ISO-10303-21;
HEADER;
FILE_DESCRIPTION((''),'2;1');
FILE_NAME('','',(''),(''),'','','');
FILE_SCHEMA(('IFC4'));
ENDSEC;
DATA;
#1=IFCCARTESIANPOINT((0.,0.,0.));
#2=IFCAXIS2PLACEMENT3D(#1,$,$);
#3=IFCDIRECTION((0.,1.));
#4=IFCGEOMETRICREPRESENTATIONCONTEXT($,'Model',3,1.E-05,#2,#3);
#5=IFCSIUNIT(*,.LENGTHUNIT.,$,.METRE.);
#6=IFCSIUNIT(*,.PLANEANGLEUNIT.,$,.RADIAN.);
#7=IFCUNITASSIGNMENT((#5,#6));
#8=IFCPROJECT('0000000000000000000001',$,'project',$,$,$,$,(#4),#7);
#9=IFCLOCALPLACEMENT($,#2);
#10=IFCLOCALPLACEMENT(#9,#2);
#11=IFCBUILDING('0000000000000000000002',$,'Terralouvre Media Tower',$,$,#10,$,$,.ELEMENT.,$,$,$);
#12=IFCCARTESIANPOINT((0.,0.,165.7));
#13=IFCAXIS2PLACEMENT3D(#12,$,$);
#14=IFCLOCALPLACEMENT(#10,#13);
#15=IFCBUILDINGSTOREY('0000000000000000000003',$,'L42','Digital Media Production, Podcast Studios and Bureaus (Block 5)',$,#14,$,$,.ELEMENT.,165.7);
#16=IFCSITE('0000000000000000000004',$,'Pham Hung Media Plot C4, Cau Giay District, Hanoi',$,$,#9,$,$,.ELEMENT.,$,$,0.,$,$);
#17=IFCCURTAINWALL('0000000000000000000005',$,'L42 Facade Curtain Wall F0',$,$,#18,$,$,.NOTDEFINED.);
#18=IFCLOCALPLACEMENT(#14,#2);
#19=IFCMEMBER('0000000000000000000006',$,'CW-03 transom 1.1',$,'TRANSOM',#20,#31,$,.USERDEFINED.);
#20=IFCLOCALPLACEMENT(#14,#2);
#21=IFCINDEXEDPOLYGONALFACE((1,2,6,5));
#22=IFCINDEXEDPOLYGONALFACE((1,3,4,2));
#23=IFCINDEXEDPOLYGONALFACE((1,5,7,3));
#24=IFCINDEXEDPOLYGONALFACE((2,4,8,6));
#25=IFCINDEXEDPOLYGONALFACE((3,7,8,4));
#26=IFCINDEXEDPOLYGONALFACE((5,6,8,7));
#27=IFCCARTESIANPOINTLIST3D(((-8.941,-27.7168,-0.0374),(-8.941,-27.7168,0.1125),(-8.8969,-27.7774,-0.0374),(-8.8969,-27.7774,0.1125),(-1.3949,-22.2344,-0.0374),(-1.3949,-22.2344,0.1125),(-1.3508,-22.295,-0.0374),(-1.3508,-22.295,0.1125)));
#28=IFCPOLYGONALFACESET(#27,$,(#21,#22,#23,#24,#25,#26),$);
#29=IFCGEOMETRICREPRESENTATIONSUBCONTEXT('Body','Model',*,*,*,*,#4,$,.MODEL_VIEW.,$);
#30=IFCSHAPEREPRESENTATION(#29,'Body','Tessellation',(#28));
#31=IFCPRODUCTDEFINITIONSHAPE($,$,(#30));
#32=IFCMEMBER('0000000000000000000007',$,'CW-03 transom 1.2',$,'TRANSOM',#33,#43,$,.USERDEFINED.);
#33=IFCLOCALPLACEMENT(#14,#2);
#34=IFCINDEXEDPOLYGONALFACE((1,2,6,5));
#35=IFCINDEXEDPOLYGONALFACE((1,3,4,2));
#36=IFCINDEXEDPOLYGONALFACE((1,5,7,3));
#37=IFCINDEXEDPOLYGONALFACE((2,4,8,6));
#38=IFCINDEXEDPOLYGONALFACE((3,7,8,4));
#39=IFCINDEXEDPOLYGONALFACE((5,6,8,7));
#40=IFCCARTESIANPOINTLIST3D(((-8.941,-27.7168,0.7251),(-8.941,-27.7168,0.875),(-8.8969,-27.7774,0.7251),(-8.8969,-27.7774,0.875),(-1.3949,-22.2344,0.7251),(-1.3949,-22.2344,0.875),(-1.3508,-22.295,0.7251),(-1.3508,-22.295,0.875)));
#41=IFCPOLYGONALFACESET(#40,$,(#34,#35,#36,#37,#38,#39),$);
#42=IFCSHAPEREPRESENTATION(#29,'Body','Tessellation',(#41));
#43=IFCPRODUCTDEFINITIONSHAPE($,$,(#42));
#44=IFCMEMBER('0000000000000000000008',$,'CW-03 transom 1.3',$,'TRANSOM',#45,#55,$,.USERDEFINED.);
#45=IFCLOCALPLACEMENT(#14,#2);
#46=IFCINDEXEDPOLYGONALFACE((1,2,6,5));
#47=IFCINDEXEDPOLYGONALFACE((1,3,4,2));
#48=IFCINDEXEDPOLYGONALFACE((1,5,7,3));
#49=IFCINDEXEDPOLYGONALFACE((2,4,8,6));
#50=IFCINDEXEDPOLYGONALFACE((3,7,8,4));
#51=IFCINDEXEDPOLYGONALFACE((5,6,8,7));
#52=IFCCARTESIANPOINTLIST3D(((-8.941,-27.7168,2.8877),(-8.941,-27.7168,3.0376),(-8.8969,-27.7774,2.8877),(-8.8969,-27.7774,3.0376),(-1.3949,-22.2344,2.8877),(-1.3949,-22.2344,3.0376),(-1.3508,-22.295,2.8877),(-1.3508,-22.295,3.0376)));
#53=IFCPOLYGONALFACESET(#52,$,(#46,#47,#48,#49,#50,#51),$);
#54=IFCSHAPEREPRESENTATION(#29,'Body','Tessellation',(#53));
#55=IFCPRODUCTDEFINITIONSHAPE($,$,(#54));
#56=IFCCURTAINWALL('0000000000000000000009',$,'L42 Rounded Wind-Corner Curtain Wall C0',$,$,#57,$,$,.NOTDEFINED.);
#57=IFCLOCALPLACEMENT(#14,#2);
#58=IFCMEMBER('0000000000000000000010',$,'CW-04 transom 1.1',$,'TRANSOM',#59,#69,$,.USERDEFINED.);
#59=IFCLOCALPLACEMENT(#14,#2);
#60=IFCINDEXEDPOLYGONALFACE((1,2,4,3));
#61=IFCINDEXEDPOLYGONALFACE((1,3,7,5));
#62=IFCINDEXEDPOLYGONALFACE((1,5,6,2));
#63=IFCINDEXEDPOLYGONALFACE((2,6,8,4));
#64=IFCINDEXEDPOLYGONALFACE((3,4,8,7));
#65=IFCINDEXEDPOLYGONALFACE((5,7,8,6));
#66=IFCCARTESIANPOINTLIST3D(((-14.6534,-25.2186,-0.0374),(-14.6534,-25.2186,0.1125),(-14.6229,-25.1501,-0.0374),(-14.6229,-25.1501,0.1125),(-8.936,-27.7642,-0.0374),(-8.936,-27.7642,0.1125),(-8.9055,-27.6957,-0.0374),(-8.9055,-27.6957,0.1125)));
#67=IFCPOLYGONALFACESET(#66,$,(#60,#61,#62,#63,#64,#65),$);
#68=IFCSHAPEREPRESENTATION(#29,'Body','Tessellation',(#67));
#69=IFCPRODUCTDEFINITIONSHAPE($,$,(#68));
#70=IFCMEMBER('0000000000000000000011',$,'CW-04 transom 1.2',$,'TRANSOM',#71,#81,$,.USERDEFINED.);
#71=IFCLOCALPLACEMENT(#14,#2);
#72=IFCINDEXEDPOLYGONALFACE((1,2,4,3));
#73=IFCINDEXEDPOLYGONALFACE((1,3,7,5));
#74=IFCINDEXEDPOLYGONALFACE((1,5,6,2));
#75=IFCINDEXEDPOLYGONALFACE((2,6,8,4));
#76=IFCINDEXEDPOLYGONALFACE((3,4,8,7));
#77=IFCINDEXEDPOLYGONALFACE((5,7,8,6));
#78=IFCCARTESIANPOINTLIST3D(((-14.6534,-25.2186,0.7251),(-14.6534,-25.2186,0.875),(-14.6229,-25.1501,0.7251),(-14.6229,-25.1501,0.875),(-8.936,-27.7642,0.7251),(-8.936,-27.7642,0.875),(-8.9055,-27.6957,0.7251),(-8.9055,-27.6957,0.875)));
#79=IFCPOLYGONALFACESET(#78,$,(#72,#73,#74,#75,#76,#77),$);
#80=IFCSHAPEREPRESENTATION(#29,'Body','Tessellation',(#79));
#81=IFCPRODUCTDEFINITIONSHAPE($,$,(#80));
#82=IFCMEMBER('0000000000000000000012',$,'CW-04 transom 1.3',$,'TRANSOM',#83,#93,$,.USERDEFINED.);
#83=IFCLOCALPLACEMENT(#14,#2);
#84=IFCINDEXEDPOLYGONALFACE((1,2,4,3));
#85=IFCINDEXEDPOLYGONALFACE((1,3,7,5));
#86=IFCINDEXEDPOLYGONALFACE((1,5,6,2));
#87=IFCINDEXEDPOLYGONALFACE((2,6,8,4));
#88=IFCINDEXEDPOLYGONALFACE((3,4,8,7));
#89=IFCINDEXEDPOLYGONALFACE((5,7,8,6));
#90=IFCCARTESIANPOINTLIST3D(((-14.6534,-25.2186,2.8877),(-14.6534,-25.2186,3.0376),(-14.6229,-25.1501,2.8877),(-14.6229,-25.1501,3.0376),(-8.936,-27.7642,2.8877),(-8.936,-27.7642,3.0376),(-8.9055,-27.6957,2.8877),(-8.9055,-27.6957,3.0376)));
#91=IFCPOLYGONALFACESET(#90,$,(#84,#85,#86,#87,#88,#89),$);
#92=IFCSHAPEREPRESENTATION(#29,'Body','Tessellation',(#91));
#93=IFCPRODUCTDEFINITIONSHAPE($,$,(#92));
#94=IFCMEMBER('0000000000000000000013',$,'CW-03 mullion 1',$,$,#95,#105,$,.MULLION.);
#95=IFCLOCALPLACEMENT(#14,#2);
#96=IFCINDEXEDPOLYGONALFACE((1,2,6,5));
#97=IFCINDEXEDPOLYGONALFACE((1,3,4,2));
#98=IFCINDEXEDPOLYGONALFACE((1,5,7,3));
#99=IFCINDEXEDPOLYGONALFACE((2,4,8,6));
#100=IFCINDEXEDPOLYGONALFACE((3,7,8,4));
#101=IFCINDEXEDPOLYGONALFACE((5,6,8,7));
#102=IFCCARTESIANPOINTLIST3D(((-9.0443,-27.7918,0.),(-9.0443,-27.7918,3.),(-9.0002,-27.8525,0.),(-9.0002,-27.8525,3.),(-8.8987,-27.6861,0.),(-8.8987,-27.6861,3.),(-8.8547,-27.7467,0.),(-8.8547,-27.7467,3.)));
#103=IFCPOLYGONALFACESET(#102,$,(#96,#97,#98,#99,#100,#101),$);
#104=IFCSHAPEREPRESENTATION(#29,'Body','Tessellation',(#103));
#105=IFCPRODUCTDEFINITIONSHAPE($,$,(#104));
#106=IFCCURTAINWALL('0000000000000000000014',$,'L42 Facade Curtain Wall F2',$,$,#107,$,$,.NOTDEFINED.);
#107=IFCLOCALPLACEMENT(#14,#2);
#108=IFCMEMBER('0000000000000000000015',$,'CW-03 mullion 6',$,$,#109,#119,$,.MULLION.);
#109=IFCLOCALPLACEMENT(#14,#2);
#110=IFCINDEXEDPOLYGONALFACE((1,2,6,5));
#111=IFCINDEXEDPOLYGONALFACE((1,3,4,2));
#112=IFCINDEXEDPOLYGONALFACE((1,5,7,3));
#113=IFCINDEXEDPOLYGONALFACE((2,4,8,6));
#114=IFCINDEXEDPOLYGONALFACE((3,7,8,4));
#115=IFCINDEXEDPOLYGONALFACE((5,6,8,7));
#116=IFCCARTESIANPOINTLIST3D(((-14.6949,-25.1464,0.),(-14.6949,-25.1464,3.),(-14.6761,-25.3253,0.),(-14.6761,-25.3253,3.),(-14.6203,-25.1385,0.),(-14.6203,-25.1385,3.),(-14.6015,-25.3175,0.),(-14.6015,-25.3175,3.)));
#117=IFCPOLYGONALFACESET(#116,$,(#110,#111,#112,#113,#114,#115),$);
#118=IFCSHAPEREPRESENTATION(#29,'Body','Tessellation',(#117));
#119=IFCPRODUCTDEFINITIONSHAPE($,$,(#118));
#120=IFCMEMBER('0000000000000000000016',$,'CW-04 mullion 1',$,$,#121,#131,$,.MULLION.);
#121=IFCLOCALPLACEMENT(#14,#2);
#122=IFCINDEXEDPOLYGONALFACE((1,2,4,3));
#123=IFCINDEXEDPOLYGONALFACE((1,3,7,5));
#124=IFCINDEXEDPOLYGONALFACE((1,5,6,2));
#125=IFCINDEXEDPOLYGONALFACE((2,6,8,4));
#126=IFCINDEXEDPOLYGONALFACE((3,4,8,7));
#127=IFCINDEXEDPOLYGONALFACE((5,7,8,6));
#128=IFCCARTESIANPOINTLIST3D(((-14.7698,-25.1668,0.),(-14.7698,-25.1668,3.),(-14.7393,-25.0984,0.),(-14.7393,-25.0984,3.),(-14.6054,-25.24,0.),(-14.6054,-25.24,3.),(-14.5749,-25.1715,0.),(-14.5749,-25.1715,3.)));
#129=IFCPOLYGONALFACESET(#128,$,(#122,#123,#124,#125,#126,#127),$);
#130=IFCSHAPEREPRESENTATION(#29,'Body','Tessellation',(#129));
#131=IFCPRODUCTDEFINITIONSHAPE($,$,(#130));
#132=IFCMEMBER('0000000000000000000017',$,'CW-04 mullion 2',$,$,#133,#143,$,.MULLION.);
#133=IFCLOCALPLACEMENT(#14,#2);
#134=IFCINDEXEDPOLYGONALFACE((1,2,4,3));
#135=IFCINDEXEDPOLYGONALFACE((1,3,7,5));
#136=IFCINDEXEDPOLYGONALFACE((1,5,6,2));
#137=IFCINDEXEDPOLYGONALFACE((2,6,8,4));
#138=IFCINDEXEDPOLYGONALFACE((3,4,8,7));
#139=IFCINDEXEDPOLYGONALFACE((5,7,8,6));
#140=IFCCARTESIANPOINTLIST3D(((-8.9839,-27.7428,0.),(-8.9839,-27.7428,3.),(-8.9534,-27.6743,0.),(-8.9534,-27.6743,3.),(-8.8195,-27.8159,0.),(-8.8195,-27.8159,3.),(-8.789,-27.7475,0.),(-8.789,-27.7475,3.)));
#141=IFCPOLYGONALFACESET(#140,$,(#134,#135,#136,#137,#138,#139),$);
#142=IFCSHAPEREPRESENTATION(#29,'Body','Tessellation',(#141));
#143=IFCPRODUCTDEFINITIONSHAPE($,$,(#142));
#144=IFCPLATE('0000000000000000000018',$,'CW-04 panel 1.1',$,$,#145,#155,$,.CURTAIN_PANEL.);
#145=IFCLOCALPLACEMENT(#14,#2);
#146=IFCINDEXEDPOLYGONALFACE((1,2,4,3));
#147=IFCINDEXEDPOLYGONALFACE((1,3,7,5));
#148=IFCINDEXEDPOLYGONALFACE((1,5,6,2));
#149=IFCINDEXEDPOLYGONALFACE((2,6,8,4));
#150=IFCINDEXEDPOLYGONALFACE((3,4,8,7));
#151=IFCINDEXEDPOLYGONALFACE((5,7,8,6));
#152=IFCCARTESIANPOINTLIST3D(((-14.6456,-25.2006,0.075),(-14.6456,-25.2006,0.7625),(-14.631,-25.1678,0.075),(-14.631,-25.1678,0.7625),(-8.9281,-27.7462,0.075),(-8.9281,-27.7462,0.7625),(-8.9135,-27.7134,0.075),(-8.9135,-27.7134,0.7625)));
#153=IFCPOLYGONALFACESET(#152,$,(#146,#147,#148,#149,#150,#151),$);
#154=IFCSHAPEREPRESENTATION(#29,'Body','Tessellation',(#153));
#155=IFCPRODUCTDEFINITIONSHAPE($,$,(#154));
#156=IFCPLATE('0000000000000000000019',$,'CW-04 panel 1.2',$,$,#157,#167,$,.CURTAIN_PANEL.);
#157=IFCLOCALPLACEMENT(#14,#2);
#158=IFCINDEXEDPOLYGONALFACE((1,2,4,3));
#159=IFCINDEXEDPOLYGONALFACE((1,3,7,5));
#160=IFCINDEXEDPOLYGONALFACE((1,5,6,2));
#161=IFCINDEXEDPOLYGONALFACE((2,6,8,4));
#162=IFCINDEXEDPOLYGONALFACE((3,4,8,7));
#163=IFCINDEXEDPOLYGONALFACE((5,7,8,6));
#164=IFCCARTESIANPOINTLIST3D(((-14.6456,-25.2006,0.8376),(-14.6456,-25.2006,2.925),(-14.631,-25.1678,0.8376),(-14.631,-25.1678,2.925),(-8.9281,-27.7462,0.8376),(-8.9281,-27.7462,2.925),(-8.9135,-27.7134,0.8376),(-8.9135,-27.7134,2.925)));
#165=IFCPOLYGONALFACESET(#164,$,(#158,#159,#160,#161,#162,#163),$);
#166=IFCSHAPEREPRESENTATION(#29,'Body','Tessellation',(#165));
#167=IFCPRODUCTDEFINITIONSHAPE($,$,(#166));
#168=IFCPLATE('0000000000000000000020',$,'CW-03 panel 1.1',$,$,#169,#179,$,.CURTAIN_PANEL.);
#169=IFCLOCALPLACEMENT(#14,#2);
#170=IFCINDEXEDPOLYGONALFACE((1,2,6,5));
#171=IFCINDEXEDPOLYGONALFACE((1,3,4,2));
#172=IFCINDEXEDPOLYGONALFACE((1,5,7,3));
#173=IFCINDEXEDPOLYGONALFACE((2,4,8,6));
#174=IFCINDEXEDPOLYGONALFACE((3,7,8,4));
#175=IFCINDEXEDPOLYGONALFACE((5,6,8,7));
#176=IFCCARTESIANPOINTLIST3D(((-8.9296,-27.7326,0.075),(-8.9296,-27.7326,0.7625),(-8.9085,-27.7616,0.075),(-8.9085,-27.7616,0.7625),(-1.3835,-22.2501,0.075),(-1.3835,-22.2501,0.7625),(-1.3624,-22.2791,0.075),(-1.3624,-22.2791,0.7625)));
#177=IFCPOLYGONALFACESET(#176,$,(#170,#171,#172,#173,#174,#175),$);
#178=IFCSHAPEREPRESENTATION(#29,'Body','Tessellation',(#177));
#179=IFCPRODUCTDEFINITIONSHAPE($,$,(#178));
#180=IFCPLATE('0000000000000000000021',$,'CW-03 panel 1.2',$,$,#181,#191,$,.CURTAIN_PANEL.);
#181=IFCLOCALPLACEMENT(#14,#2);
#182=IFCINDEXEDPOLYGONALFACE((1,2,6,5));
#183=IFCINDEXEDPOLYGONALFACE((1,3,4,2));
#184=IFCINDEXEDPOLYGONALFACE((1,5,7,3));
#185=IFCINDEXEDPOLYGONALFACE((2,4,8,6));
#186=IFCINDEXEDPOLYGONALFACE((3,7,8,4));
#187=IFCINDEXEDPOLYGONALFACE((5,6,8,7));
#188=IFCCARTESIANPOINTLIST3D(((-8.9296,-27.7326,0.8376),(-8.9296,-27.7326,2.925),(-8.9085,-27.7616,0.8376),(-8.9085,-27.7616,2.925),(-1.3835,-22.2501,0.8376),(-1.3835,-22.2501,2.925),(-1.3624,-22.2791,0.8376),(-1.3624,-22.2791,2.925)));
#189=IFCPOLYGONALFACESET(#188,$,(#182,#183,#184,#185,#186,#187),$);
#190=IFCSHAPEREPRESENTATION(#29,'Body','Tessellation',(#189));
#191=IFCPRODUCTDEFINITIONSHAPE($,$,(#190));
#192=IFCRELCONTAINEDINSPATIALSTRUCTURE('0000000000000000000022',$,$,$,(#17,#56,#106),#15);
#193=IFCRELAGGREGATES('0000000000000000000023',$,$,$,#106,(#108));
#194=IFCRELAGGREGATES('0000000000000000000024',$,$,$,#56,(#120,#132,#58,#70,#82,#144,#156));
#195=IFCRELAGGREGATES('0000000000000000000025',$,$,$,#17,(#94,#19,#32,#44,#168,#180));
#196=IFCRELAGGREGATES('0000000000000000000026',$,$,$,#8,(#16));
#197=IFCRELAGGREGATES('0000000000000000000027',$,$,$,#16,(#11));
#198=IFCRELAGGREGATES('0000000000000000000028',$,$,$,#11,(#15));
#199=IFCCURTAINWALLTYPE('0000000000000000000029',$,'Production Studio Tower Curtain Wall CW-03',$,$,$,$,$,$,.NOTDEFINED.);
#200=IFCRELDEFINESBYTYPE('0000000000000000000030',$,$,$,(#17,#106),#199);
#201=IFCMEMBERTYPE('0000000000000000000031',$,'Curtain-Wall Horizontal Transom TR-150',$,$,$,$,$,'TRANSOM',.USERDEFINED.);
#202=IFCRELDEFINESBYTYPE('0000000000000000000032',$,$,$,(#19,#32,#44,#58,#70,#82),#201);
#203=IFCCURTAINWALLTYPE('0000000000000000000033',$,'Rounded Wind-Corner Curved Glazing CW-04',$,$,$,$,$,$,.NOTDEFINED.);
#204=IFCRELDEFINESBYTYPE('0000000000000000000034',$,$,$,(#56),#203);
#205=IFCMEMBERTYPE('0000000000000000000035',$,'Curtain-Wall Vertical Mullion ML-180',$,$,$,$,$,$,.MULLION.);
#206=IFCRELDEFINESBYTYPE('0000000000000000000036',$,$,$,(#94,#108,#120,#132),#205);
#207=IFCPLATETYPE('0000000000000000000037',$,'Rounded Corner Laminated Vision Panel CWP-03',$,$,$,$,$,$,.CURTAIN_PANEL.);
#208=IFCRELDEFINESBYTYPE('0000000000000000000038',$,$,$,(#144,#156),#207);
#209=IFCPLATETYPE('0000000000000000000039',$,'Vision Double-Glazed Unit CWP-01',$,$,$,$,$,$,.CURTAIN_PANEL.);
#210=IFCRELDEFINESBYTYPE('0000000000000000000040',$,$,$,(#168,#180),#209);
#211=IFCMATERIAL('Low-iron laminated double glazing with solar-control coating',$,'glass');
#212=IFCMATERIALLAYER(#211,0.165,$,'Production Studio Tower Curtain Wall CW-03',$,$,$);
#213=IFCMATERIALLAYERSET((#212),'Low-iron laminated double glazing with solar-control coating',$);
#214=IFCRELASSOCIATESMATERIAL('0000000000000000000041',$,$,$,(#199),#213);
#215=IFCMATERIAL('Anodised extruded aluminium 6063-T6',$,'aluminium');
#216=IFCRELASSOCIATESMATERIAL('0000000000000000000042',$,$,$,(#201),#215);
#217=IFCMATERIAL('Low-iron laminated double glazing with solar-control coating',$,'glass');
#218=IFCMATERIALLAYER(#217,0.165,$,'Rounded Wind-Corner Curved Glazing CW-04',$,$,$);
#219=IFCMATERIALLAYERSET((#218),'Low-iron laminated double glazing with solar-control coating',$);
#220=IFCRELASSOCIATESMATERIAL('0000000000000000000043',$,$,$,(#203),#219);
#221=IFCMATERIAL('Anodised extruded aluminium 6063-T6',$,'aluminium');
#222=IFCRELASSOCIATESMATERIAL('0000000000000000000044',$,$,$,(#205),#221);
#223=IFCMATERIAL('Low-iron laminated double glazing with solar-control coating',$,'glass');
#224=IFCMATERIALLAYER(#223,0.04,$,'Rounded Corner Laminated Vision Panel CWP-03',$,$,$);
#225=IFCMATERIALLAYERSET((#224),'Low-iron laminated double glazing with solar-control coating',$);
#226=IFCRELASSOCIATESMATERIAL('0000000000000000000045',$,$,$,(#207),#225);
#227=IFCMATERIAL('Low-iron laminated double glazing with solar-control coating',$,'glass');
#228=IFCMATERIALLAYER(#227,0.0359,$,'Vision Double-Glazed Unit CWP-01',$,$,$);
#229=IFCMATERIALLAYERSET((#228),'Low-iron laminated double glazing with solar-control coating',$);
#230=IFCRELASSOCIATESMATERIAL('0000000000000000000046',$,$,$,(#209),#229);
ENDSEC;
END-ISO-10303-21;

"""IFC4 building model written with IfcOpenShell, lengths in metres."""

from ifc_helpers import new_model, si_unit, direction, frame, origin, origin_2d, place, context, subcontext, project, spatial, rectangle, extrude, material, layer, layer_set, material_profile, profile_set, type_object, element, aggregate, save


model = new_model("IFC4")

# Units and contexts
model_context = context("Model", 3, precision=1e-05, world=origin(), true_north=direction((0.0, 1.0)))
body_context = subcontext(model_context, "Body", "Model", "MODEL_VIEW")
ifc_project = project(units=[si_unit("LENGTHUNIT", "METRE"), si_unit("PLANEANGLEUNIT", "RADIAN")], contexts=[model_context])

# Site, building, storey
site_placement = place(None, origin())
site = spatial("IfcSite", under=ifc_project, at=site_placement, Name="Pham Hung Media Plot C4, Cau Giay District, Hanoi", CompositionType="ELEMENT", RefElevation=0.0)
building_placement = place(site_placement, origin())
building = spatial("IfcBuilding", under=site, at=building_placement, Name="Terralouvre Media Tower", CompositionType="ELEMENT")
storey_placement = place(building_placement, frame((0.0, 0.0, 165.7)))
storey = spatial("IfcBuildingStorey", under=building, at=storey_placement, Name="L42", Description="Digital Media Production, Podcast Studios and Bureaus (Block 5)", CompositionType="ELEMENT", Elevation=165.7)

# Curtain walls, members
ifc_material_1 = material(Name="Low-iron laminated double glazing with solar-control coating", Category="glass")
ifc_layer_1 = layer(ifc_material_1, 0.165, Name="Production Studio Tower Curtain Wall CW-03")
ifc_layer_set_1 = layer_set([ifc_layer_1], Name="Low-iron laminated double glazing with solar-control coating")
curtain_wall_type_1 = type_object("IfcCurtainWallType", Name="Production Studio Tower Curtain Wall CW-03", PredefinedType="NOTDEFINED", material=ifc_layer_set_1)
curtain_wall_1_placement = place(storey_placement, origin())
curtain_wall_1 = element("IfcCurtainWall", 1, at=curtain_wall_1_placement, inside=storey, type_object=curtain_wall_type_1, Name="L42 Facade Curtain Wall F0", PredefinedType="NOTDEFINED")
ifc_material_2 = material(Name="Anodised extruded aluminium 6063-T6", Category="aluminium")
ifc_material_profile_1 = material_profile(ifc_material_2, rectangle(XDim=0.075, YDim=0.1499, at=origin_2d()), Name="ALU 75x150")
ifc_profile_set_1 = profile_set([ifc_material_profile_1], Name="Anodised extruded aluminium 6063-T6")
member_type_1 = type_object("IfcMemberType", Name="Curtain-Wall Horizontal Transom TR-150", ElementType="TRANSOM", PredefinedType="USERDEFINED", material=ifc_profile_set_1)
member_1_placement = place(storey_placement, frame((-8.9189, -27.7471, 0.0376), z_axis=(0.809026, 0.587773, 0.0), x_axis=(-0.587773, 0.809026, 0.0)))
member_1 = element("IfcMember", 2, at=member_1_placement, type_object=member_type_1, Name="CW-03 transom 1.1", ObjectType="TRANSOM", PredefinedType="USERDEFINED", context=body_context, shape_type="SweptSolid", body=[
    extrude(rectangle(XDim=0.075, YDim=0.1499, at=origin_2d()), origin(), (0.0, 0.0, 1.0), 9.3274),
])
member_2_placement = place(storey_placement, frame((-8.9189, -27.7471, 0.8), z_axis=(0.809026, 0.587773, 0.0), x_axis=(-0.587773, 0.809026, 0.0)))
member_2 = element("IfcMember", 3, at=member_2_placement, type_object=member_type_1, Name="CW-03 transom 1.2", ObjectType="TRANSOM", PredefinedType="USERDEFINED", context=body_context, shape_type="SweptSolid", body=[
    extrude(rectangle(XDim=0.075, YDim=0.1499, at=origin_2d()), origin(), (0.0, 0.0, 1.0), 9.3274),
])
member_3_placement = place(storey_placement, frame((-8.9189, -27.7471, 2.9626), z_axis=(0.809026, 0.587773, 0.0), x_axis=(-0.587773, 0.809026, 0.0)))
member_3 = element("IfcMember", 4, at=member_3_placement, type_object=member_type_1, Name="CW-03 transom 1.3", ObjectType="TRANSOM", PredefinedType="USERDEFINED", context=body_context, shape_type="SweptSolid", body=[
    extrude(rectangle(XDim=0.075, YDim=0.1499, at=origin_2d()), origin(), (0.0, 0.0, 1.0), 9.3274),
])
ifc_material_3 = material(Name="Low-iron laminated double glazing with solar-control coating", Category="glass")
ifc_layer_2 = layer(ifc_material_3, 0.165, Name="Rounded Wind-Corner Curved Glazing CW-04")
ifc_layer_set_2 = layer_set([ifc_layer_2], Name="Low-iron laminated double glazing with solar-control coating")
curtain_wall_type_2 = type_object("IfcCurtainWallType", Name="Rounded Wind-Corner Curved Glazing CW-04", PredefinedType="NOTDEFINED", material=ifc_layer_set_2)
curtain_wall_2_placement = place(storey_placement, origin())
curtain_wall_2 = element("IfcCurtainWall", 5, at=curtain_wall_2_placement, inside=storey, type_object=curtain_wall_type_2, Name="L42 Rounded Wind-Corner Curtain Wall C0", PredefinedType="NOTDEFINED")
member_4_placement = place(storey_placement, frame((-14.6382, -25.1843, 0.0376), z_axis=(0.913543, -0.406743, 0.0), x_axis=(0.406743, 0.913543, 0.0)))
member_4 = element("IfcMember", 6, at=member_4_placement, type_object=member_type_1, Name="CW-04 transom 1.1", ObjectType="TRANSOM", PredefinedType="USERDEFINED", context=body_context, shape_type="SweptSolid", body=[
    extrude(rectangle(XDim=0.075, YDim=0.1499, at=origin_2d()), origin(), (0.0, 0.0, 1.0), 6.2585),
])
member_5_placement = place(storey_placement, frame((-14.6382, -25.1843, 0.8), z_axis=(0.913543, -0.406743, 0.0), x_axis=(0.406743, 0.913543, 0.0)))
member_5 = element("IfcMember", 7, at=member_5_placement, type_object=member_type_1, Name="CW-04 transom 1.2", ObjectType="TRANSOM", PredefinedType="USERDEFINED", context=body_context, shape_type="SweptSolid", body=[
    extrude(rectangle(XDim=0.075, YDim=0.1499, at=origin_2d()), origin(), (0.0, 0.0, 1.0), 6.2585),
])
member_6_placement = place(storey_placement, frame((-14.6382, -25.1843, 2.9626), z_axis=(0.913543, -0.406743, 0.0), x_axis=(0.406743, 0.913543, 0.0)))
member_6 = element("IfcMember", 8, at=member_6_placement, type_object=member_type_1, Name="CW-04 transom 1.3", ObjectType="TRANSOM", PredefinedType="USERDEFINED", context=body_context, shape_type="SweptSolid", body=[
    extrude(rectangle(XDim=0.075, YDim=0.1499, at=origin_2d()), origin(), (0.0, 0.0, 1.0), 6.2585),
])

# Member
ifc_material_4 = material(Name="Anodised extruded aluminium 6063-T6", Category="aluminium")
ifc_material_profile_2 = material_profile(ifc_material_4, rectangle(XDim=0.075, YDim=0.1799, at=origin_2d()), Name="ALU 75x180")
ifc_profile_set_2 = profile_set([ifc_material_profile_2], Name="Anodised extruded aluminium 6063-T6")
member_type_2 = type_object("IfcMemberType", Name="Curtain-Wall Vertical Mullion ML-180", PredefinedType="MULLION", material=ifc_profile_set_2)
member_7_placement = place(storey_placement, frame((-8.9495, -27.7693, 0.0), z_axis=(0.0, 0.0, 1.0), x_axis=(-0.587785, 0.809017, 0.0)))
member_7 = element("IfcMember", 9, at=member_7_placement, type_object=member_type_2, Name="CW-03 mullion 1", PredefinedType="MULLION", context=body_context, shape_type="SweptSolid", body=[
    extrude(rectangle(XDim=0.075, YDim=0.1799, at=origin_2d()), origin(), (0.0, 0.0, 1.0), 3.0),
])

# Curtain wall, member
curtain_wall_3_placement = place(storey_placement, origin())
curtain_wall_3 = element("IfcCurtainWall", 10, at=curtain_wall_3_placement, inside=storey, type_object=curtain_wall_type_1, Name="L42 Facade Curtain Wall F2", PredefinedType="NOTDEFINED")
member_8_placement = place(storey_placement, frame((-14.6482, -25.2319, 0.0), z_axis=(0.0, 0.0, 1.0), x_axis=(0.994522, 0.104528, 0.0)))
member_8 = element("IfcMember", 11, at=member_8_placement, type_object=member_type_2, Name="CW-03 mullion 6", PredefinedType="MULLION", context=body_context, shape_type="SweptSolid", body=[
    extrude(rectangle(XDim=0.075, YDim=0.1799, at=origin_2d()), origin(), (0.0, 0.0, 1.0), 3.0),
])
aggregate(curtain_wall_3, [member_8])

# Members
member_9_placement = place(storey_placement, frame((-14.6724, -25.1692, 0.0), z_axis=(0.0, 0.0, 1.0), x_axis=(0.406737, 0.913545, 0.0)))
member_9 = element("IfcMember", 12, at=member_9_placement, type_object=member_type_2, Name="CW-04 mullion 1", PredefinedType="MULLION", context=body_context, shape_type="SweptSolid", body=[
    extrude(rectangle(XDim=0.075, YDim=0.1799, at=origin_2d()), origin(), (0.0, 0.0, 1.0), 3.0),
])
member_10_placement = place(storey_placement, frame((-8.8865, -27.7451, 0.0), z_axis=(0.0, 0.0, 1.0), x_axis=(0.406737, 0.913545, 0.0)))
member_10 = element("IfcMember", 13, at=member_10_placement, type_object=member_type_2, Name="CW-04 mullion 2", PredefinedType="MULLION", context=body_context, shape_type="SweptSolid", body=[
    extrude(rectangle(XDim=0.075, YDim=0.1799, at=origin_2d()), origin(), (0.0, 0.0, 1.0), 3.0),
])

# Plates
ifc_material_5 = material(Name="Low-iron laminated double glazing with solar-control coating", Category="glass")
ifc_layer_3 = layer(ifc_material_5, 0.04, Name="Rounded Corner Laminated Vision Panel CWP-03")
ifc_layer_set_3 = layer_set([ifc_layer_3], Name="Low-iron laminated double glazing with solar-control coating")
plate_type_1 = type_object("IfcPlateType", Name="Rounded Corner Laminated Vision Panel CWP-03", PredefinedType="CURTAIN_PANEL", material=ifc_layer_set_3)
plate_1_placement = place(storey_placement, frame((-11.7795, -26.457, 0.075), z_axis=(0.0, 0.0, 1.0), x_axis=(0.913545, -0.406737, 0.0)))
plate_1 = element("IfcPlate", 14, at=plate_1_placement, type_object=plate_type_1, Name="CW-04 panel 1.1", PredefinedType="CURTAIN_PANEL", context=body_context, shape_type="SweptSolid", body=[
    extrude(rectangle(XDim=6.2585, YDim=0.0359, at=origin_2d()), origin(), (0.0, 0.0, 1.0), 0.6875),
])
plate_2_placement = place(storey_placement, frame((-11.7795, -26.457, 0.8376), z_axis=(0.0, 0.0, 1.0), x_axis=(0.913545, -0.406737, 0.0)))
plate_2 = element("IfcPlate", 15, at=plate_2_placement, type_object=plate_type_1, Name="CW-04 panel 1.2", PredefinedType="CURTAIN_PANEL", context=body_context, shape_type="SweptSolid", body=[
    extrude(rectangle(XDim=6.2585, YDim=0.0359, at=origin_2d()), origin(), (0.0, 0.0, 1.0), 2.0874),
])
aggregate(curtain_wall_2, [member_9, member_10, member_4, member_5, member_6, plate_1, plate_2])
ifc_material_6 = material(Name="Low-iron laminated double glazing with solar-control coating", Category="glass")
ifc_layer_4 = layer(ifc_material_6, 0.0359, Name="Vision Double-Glazed Unit CWP-01")
ifc_layer_set_4 = layer_set([ifc_layer_4], Name="Low-iron laminated double glazing with solar-control coating")
plate_type_2 = type_object("IfcPlateType", Name="Vision Double-Glazed Unit CWP-01", PredefinedType="CURTAIN_PANEL", material=ifc_layer_set_4)
plate_3_placement = place(storey_placement, frame((-5.146, -25.0059, 0.075), z_axis=(0.0, 0.0, 1.0), x_axis=(0.809017, 0.587785, 0.0)))
plate_3 = element("IfcPlate", 16, at=plate_3_placement, type_object=plate_type_2, Name="CW-03 panel 1.1", PredefinedType="CURTAIN_PANEL", context=body_context, shape_type="SweptSolid", body=[
    extrude(rectangle(XDim=9.3274, YDim=0.0359, at=origin_2d()), origin(), (0.0, 0.0, 1.0), 0.6875),
])
plate_4_placement = place(storey_placement, frame((-5.146, -25.0059, 0.8376), z_axis=(0.0, 0.0, 1.0), x_axis=(0.809017, 0.587785, 0.0)))
plate_4 = element("IfcPlate", 17, at=plate_4_placement, type_object=plate_type_2, Name="CW-03 panel 1.2", PredefinedType="CURTAIN_PANEL", context=body_context, shape_type="SweptSolid", body=[
    extrude(rectangle(XDim=9.3274, YDim=0.0359, at=origin_2d()), origin(), (0.0, 0.0, 1.0), 2.0874),
])
aggregate(curtain_wall_1, [member_7, member_1, member_2, member_3, plate_3, plate_4])

save(model, "model.ifc")
